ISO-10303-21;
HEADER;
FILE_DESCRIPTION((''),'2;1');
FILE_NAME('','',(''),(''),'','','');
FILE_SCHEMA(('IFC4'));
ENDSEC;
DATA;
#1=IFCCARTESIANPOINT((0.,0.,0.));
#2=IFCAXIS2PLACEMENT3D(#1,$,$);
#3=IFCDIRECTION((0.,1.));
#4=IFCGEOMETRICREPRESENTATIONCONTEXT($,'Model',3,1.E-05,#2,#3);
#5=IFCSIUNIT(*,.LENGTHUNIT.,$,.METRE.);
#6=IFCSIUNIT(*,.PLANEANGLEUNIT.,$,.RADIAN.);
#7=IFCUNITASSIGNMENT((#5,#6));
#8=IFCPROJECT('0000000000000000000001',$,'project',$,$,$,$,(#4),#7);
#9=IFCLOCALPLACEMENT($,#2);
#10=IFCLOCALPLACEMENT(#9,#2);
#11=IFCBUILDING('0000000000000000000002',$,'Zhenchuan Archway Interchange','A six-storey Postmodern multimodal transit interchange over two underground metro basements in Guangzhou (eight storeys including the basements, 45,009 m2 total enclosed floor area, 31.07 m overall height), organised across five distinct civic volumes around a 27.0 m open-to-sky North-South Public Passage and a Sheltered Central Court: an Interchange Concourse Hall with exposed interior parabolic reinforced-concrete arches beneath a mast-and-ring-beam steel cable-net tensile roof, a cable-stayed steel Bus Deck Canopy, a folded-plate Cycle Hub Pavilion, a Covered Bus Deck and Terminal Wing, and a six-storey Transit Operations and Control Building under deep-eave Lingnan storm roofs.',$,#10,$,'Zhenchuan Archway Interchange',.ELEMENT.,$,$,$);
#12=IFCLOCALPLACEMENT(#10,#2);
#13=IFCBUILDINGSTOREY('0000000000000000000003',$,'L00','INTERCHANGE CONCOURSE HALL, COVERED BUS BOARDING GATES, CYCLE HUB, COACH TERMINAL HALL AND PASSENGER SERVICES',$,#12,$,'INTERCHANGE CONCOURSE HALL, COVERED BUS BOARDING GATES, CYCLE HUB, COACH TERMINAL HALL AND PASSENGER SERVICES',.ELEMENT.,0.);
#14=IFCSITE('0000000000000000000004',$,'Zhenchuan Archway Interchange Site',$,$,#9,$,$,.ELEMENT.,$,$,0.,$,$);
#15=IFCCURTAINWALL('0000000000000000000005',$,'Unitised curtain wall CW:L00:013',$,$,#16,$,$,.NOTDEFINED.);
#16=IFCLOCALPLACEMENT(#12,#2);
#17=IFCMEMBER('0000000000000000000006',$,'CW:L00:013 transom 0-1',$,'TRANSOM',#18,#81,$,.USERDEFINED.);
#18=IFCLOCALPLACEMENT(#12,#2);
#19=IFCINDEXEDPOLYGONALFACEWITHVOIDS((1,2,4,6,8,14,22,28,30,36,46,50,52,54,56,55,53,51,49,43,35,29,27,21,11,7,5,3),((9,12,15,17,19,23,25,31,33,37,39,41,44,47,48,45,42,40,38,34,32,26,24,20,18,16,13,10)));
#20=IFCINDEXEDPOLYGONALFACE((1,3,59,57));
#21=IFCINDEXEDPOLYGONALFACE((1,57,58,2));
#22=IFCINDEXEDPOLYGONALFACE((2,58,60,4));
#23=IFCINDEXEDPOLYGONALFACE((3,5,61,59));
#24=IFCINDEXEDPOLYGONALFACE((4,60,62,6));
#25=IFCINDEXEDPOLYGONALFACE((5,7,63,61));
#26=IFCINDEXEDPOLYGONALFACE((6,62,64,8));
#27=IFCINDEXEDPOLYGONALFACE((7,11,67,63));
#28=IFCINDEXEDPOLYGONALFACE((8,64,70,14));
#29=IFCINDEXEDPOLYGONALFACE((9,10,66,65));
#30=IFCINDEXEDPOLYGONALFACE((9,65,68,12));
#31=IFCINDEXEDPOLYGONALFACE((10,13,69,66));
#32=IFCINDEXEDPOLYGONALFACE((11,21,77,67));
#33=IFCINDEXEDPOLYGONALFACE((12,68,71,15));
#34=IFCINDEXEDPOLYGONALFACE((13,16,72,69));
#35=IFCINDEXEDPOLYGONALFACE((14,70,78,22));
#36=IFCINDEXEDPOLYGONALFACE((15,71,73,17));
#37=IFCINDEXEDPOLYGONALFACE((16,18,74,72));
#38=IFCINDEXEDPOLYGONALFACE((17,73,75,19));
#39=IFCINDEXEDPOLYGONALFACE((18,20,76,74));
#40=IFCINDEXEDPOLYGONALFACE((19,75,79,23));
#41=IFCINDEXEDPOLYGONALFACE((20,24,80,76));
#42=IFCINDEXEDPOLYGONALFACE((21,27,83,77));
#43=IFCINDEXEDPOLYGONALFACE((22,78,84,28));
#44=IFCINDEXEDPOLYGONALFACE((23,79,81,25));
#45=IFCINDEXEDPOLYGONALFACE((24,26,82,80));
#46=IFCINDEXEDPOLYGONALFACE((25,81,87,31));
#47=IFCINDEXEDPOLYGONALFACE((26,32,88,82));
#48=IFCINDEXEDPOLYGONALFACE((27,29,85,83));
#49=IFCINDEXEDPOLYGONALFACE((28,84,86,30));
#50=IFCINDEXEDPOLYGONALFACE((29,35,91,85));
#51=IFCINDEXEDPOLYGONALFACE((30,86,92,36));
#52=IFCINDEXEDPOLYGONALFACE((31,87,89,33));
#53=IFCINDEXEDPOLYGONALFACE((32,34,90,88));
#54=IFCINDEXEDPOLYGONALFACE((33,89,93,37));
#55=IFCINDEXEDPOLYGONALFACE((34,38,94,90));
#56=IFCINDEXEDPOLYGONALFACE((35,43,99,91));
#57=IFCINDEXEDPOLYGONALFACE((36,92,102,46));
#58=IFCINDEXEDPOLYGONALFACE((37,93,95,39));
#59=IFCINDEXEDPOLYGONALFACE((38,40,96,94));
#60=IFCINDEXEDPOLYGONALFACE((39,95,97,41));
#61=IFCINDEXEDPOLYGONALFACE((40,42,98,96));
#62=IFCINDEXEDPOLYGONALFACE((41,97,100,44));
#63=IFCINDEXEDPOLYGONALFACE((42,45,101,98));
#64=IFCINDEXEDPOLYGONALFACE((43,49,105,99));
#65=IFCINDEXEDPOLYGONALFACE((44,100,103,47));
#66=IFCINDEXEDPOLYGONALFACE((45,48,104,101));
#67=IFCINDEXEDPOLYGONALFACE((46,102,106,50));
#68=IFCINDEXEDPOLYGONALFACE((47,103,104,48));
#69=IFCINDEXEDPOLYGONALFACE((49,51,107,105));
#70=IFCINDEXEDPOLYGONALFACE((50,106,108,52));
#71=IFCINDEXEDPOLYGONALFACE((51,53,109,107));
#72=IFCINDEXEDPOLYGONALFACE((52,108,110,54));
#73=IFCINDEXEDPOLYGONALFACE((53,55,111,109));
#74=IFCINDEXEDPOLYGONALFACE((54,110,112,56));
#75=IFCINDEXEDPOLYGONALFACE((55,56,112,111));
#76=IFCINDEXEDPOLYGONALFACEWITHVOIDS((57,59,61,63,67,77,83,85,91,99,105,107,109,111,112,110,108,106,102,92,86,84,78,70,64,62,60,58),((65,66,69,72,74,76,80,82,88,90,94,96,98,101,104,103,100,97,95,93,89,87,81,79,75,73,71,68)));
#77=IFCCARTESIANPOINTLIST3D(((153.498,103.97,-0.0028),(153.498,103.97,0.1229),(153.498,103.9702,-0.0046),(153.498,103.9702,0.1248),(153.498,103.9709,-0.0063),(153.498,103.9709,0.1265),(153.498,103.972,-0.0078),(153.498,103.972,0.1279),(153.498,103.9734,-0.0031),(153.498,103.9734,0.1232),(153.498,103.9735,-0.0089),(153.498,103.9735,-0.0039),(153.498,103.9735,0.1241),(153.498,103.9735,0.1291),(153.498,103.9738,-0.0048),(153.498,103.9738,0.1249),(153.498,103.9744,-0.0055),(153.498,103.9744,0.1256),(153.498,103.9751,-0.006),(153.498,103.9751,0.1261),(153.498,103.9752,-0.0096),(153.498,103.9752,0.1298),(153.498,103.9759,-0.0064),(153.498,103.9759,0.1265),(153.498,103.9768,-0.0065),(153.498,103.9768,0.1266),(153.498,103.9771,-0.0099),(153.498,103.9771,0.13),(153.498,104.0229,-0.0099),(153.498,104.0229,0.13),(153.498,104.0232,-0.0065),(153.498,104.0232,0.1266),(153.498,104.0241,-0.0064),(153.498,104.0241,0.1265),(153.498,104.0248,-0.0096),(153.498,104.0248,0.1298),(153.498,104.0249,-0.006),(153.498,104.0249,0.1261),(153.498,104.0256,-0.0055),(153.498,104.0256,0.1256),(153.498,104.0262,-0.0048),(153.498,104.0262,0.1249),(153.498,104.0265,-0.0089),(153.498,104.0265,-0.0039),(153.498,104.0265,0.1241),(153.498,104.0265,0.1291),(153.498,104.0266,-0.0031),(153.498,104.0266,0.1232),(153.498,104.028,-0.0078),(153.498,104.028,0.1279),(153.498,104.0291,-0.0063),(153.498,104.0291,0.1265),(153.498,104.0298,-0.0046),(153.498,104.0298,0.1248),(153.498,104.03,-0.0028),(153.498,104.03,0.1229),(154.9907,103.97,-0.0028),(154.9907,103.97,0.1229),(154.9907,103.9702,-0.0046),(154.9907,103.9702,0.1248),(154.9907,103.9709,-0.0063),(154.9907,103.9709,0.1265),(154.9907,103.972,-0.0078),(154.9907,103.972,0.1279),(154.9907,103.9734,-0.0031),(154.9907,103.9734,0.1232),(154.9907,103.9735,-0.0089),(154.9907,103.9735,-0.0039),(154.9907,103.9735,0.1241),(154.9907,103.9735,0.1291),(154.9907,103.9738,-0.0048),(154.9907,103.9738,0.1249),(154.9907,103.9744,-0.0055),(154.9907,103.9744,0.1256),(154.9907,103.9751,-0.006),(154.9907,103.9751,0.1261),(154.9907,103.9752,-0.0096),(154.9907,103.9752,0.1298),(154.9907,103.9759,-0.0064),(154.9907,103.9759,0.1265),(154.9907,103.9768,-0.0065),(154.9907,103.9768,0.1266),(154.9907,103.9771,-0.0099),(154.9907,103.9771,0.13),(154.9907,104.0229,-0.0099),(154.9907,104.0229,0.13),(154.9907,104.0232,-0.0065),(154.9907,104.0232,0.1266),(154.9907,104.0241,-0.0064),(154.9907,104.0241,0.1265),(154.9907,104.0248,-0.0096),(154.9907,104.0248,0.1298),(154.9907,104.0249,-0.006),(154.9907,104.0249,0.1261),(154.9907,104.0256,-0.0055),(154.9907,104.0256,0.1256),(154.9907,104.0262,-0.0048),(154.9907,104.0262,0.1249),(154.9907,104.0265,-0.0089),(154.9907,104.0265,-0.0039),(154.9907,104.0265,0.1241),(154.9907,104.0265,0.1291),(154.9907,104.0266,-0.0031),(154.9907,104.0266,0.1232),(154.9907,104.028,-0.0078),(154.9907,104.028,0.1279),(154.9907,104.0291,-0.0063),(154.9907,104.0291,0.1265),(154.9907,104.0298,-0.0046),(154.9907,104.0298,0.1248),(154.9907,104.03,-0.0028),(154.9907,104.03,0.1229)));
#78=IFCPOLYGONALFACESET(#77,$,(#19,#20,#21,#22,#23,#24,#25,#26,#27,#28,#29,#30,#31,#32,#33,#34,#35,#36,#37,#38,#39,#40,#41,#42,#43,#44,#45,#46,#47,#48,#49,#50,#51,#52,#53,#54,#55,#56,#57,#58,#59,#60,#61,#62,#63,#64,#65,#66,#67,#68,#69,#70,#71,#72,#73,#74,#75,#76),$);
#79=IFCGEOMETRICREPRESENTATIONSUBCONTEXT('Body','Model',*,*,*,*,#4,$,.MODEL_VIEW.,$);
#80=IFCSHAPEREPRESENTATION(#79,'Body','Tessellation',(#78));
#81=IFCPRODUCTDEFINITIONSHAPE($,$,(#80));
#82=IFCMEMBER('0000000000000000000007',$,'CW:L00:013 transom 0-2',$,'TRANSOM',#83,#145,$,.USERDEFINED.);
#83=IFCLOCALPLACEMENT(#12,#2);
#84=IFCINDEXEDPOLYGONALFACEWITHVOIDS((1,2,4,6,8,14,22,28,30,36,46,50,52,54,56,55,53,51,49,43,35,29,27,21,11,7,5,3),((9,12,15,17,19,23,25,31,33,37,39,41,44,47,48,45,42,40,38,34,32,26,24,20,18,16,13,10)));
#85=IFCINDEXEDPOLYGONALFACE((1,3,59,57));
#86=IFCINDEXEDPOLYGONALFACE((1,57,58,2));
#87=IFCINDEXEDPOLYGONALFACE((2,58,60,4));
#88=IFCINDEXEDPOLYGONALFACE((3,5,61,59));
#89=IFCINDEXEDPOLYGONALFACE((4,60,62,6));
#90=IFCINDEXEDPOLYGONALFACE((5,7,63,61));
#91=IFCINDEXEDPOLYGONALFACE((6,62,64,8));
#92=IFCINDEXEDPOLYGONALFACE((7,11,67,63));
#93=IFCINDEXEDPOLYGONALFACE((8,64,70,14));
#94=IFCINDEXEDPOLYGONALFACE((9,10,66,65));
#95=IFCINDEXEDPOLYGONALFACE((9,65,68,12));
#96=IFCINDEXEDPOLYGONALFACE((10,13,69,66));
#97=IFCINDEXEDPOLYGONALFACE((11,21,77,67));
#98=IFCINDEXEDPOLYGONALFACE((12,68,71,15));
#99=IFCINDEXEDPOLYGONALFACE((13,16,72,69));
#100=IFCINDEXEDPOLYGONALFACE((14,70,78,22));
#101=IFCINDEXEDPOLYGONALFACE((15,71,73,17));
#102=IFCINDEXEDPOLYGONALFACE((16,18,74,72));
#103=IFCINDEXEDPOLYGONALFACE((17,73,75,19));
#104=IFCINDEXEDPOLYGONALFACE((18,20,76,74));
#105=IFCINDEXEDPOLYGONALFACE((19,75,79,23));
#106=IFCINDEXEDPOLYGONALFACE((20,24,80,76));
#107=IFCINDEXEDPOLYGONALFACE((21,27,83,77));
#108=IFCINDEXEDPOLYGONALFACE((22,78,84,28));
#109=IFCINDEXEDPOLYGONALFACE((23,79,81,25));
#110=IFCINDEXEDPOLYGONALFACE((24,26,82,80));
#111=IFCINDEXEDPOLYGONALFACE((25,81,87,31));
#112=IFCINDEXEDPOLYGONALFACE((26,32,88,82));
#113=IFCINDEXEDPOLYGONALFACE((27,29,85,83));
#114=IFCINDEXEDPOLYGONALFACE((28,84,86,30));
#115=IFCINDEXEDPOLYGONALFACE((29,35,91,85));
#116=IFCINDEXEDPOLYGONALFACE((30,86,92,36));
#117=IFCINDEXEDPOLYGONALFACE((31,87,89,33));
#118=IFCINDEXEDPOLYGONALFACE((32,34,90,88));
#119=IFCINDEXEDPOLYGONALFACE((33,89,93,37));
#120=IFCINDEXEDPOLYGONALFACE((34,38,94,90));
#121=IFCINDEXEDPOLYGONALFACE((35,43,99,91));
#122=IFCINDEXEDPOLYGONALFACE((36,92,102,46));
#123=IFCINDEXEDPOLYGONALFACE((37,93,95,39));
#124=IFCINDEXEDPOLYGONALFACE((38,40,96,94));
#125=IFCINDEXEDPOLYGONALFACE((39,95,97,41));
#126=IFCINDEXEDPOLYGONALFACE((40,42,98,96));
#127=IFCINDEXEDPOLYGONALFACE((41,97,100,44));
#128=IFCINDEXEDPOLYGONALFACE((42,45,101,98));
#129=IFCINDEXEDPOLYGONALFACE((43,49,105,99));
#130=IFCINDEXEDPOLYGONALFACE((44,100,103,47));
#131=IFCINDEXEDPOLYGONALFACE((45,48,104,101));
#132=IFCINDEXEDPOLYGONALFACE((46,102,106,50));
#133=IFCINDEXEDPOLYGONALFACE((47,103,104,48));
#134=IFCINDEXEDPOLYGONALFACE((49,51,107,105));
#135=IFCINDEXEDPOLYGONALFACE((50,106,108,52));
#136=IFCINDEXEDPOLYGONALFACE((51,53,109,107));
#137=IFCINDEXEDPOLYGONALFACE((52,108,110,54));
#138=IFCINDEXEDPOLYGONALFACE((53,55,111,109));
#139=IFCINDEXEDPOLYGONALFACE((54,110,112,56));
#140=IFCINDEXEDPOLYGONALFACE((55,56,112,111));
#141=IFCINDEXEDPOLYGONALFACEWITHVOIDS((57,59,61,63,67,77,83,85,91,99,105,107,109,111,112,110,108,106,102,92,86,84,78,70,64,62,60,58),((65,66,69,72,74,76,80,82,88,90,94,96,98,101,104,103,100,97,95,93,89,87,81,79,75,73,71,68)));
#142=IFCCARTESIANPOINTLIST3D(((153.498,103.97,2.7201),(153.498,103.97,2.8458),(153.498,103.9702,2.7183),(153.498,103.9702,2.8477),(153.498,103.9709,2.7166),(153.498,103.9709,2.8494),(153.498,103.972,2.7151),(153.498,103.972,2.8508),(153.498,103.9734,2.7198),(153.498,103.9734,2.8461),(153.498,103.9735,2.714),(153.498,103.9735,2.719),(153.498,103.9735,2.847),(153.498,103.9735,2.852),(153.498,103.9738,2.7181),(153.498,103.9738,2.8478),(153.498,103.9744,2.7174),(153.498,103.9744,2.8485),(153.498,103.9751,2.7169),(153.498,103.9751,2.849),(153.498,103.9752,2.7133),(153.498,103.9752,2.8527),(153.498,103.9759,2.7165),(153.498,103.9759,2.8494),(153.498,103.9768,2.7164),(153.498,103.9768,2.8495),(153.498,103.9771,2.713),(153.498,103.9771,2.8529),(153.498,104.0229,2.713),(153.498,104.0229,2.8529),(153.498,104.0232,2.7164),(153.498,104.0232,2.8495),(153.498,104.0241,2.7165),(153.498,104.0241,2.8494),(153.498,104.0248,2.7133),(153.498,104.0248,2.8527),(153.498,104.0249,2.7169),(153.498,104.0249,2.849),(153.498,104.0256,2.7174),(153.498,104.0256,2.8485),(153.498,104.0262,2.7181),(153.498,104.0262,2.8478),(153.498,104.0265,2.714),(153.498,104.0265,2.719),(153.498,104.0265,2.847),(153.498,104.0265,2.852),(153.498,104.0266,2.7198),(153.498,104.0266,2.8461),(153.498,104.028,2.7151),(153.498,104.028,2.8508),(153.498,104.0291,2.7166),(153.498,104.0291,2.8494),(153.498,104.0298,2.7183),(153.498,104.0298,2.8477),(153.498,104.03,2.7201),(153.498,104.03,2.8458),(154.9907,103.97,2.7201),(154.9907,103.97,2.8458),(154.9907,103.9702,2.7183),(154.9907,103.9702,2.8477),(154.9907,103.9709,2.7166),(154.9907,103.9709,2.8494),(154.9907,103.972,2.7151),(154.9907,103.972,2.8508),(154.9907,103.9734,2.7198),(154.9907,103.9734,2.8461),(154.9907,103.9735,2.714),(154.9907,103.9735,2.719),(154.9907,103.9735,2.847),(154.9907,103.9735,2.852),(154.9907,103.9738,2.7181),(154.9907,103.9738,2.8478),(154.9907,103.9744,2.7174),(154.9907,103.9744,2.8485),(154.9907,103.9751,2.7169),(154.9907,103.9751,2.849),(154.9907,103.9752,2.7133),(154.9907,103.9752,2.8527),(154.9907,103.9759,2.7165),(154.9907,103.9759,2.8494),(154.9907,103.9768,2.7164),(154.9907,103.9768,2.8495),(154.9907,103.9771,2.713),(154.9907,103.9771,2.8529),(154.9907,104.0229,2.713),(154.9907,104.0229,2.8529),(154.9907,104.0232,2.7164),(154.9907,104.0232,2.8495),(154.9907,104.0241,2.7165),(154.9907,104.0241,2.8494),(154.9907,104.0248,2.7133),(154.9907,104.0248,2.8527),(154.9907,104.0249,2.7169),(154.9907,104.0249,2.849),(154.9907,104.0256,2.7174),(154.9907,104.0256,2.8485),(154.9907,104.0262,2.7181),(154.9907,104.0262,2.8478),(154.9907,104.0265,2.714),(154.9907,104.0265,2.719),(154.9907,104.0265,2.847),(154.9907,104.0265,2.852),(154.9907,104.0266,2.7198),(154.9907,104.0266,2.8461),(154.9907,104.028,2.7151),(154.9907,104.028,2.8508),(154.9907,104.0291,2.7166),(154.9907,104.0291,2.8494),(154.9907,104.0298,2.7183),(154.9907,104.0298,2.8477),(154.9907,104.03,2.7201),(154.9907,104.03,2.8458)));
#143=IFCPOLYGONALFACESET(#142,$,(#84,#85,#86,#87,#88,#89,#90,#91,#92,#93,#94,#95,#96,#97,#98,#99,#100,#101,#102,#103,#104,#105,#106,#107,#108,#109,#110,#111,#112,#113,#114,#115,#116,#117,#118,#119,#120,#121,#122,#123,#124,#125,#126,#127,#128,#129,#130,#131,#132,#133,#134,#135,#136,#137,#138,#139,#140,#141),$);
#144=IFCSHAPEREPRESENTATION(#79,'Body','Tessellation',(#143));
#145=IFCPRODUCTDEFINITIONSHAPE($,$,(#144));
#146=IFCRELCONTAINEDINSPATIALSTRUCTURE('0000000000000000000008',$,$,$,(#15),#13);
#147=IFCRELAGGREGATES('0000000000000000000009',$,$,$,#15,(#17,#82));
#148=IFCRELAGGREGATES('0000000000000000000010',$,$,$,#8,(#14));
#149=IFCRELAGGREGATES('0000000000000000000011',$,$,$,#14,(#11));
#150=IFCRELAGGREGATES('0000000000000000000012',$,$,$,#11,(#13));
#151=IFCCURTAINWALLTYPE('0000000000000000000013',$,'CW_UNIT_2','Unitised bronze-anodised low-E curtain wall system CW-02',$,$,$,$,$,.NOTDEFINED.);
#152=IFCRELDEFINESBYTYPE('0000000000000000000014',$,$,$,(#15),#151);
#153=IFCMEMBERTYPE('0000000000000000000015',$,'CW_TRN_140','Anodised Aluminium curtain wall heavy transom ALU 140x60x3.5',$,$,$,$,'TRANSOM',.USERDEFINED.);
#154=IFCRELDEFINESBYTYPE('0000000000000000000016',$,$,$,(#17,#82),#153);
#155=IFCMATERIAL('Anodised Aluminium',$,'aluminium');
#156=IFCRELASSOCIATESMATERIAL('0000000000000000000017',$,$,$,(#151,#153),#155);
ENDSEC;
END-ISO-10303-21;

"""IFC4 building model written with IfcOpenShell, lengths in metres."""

from ifc_helpers import new_model, si_unit, direction, frame, origin, origin_2d, place, context, subcontext, project, spatial, hollow_rectangle, extrude, material, material_profile, profile_set, type_object, element, aggregate, save


model = new_model("IFC4")

# Units and contexts
model_context = context("Model", 3, precision=1e-05, world=origin(), true_north=direction((0.0, 1.0)))
body_context = subcontext(model_context, "Body", "Model", "MODEL_VIEW")
ifc_project = project(units=[si_unit("LENGTHUNIT", "METRE"), si_unit("PLANEANGLEUNIT", "RADIAN")], contexts=[model_context])

# Site, building, storey
site_placement = place(None, origin())
site = spatial("IfcSite", under=ifc_project, at=site_placement, Name="Zhenchuan Archway Interchange Site", CompositionType="ELEMENT", RefElevation=0.0)
building_placement = place(site_placement, origin())
building = spatial("IfcBuilding", under=site, at=building_placement, Name="Zhenchuan Archway Interchange", Description="A six-storey Postmodern multimodal transit interchange over two underground metro basements in Guangzhou (eight storeys including the basements, 45,009 m2 total enclosed floor area, 31.07 m overall height), organised across five distinct civic volumes around a 27.0 m open-to-sky North-South Public Passage and a Sheltered Central Court: an Interchange Concourse Hall with exposed interior parabolic reinforced-concrete arches beneath a mast-and-ring-beam steel cable-net tensile roof, a cable-stayed steel Bus Deck Canopy, a folded-plate Cycle Hub Pavilion, a Covered Bus Deck and Terminal Wing, and a six-storey Transit Operations and Control Building under deep-eave Lingnan storm roofs.", LongName="Zhenchuan Archway Interchange", CompositionType="ELEMENT")
storey_placement = place(building_placement, origin())
storey = spatial("IfcBuildingStorey", under=building, at=storey_placement, Name="L00", Description="INTERCHANGE CONCOURSE HALL, COVERED BUS BOARDING GATES, CYCLE HUB, COACH TERMINAL HALL AND PASSENGER SERVICES", LongName="INTERCHANGE CONCOURSE HALL, COVERED BUS BOARDING GATES, CYCLE HUB, COACH TERMINAL HALL AND PASSENGER SERVICES", CompositionType="ELEMENT", Elevation=0.0)

# Curtain wall, members
ifc_material_1 = material(Name="Anodised Aluminium", Category="aluminium")
curtain_wall_type = type_object("IfcCurtainWallType", Name="CW_UNIT_2", Description="Unitised bronze-anodised low-E curtain wall system CW-02", PredefinedType="NOTDEFINED", material=ifc_material_1)
curtain_wall_placement = place(storey_placement, origin())
curtain_wall = element("IfcCurtainWall", 1, at=curtain_wall_placement, inside=storey, type_object=curtain_wall_type, Name="Unitised curtain wall CW:L00:013", PredefinedType="NOTDEFINED")
ifc_material_profile_1 = material_profile(ifc_material_1, hollow_rectangle(XDim=0.0601, YDim=0.1399, WallThickness=0.0034, InnerFilletRadius=0.0034, OuterFilletRadius=0.0071, at=origin_2d()), Name="ALU 140x60x3.5")
ifc_profile_set_1 = profile_set([ifc_material_profile_1], Name="Anodised Aluminium")
member_type_1 = type_object("IfcMemberType", Name="CW_TRN_140", Description="Anodised Aluminium curtain wall heavy transom ALU 140x60x3.5", ElementType="TRANSOM", PredefinedType="USERDEFINED", material=ifc_profile_set_1)
member_1_placement = place(storey_placement, frame((153.498, 104.0, 0.0601), z_axis=(1.0, 0.0, 0.0), x_axis=(0.0, 1.0, 0.0)))
member_1 = element("IfcMember", 2, at=member_1_placement, type_object=member_type_1, Name="CW:L00:013 transom 0-1", ObjectType="TRANSOM", PredefinedType="USERDEFINED", context=body_context, shape_type="SweptSolid", body=[
    extrude(hollow_rectangle(XDim=0.0601, YDim=0.1399, WallThickness=0.0034, InnerFilletRadius=0.0034, OuterFilletRadius=0.0071, at=origin_2d()), origin(), (0.0, 0.0, 1.0), 1.4927),
])
member_2_placement = place(storey_placement, frame((153.498, 104.0, 2.783), z_axis=(1.0, 0.0, 0.0), x_axis=(0.0, 1.0, 0.0)))
member_2 = element("IfcMember", 3, at=member_2_placement, type_object=member_type_1, Name="CW:L00:013 transom 0-2", ObjectType="TRANSOM", PredefinedType="USERDEFINED", context=body_context, shape_type="SweptSolid", body=[
    extrude(hollow_rectangle(XDim=0.0601, YDim=0.1399, WallThickness=0.0034, InnerFilletRadius=0.0034, OuterFilletRadius=0.0071, at=origin_2d()), origin(), (0.0, 0.0, 1.0), 1.4927),
])

aggregate(curtain_wall, [member_1, member_2])

save(model, "model.ifc")
